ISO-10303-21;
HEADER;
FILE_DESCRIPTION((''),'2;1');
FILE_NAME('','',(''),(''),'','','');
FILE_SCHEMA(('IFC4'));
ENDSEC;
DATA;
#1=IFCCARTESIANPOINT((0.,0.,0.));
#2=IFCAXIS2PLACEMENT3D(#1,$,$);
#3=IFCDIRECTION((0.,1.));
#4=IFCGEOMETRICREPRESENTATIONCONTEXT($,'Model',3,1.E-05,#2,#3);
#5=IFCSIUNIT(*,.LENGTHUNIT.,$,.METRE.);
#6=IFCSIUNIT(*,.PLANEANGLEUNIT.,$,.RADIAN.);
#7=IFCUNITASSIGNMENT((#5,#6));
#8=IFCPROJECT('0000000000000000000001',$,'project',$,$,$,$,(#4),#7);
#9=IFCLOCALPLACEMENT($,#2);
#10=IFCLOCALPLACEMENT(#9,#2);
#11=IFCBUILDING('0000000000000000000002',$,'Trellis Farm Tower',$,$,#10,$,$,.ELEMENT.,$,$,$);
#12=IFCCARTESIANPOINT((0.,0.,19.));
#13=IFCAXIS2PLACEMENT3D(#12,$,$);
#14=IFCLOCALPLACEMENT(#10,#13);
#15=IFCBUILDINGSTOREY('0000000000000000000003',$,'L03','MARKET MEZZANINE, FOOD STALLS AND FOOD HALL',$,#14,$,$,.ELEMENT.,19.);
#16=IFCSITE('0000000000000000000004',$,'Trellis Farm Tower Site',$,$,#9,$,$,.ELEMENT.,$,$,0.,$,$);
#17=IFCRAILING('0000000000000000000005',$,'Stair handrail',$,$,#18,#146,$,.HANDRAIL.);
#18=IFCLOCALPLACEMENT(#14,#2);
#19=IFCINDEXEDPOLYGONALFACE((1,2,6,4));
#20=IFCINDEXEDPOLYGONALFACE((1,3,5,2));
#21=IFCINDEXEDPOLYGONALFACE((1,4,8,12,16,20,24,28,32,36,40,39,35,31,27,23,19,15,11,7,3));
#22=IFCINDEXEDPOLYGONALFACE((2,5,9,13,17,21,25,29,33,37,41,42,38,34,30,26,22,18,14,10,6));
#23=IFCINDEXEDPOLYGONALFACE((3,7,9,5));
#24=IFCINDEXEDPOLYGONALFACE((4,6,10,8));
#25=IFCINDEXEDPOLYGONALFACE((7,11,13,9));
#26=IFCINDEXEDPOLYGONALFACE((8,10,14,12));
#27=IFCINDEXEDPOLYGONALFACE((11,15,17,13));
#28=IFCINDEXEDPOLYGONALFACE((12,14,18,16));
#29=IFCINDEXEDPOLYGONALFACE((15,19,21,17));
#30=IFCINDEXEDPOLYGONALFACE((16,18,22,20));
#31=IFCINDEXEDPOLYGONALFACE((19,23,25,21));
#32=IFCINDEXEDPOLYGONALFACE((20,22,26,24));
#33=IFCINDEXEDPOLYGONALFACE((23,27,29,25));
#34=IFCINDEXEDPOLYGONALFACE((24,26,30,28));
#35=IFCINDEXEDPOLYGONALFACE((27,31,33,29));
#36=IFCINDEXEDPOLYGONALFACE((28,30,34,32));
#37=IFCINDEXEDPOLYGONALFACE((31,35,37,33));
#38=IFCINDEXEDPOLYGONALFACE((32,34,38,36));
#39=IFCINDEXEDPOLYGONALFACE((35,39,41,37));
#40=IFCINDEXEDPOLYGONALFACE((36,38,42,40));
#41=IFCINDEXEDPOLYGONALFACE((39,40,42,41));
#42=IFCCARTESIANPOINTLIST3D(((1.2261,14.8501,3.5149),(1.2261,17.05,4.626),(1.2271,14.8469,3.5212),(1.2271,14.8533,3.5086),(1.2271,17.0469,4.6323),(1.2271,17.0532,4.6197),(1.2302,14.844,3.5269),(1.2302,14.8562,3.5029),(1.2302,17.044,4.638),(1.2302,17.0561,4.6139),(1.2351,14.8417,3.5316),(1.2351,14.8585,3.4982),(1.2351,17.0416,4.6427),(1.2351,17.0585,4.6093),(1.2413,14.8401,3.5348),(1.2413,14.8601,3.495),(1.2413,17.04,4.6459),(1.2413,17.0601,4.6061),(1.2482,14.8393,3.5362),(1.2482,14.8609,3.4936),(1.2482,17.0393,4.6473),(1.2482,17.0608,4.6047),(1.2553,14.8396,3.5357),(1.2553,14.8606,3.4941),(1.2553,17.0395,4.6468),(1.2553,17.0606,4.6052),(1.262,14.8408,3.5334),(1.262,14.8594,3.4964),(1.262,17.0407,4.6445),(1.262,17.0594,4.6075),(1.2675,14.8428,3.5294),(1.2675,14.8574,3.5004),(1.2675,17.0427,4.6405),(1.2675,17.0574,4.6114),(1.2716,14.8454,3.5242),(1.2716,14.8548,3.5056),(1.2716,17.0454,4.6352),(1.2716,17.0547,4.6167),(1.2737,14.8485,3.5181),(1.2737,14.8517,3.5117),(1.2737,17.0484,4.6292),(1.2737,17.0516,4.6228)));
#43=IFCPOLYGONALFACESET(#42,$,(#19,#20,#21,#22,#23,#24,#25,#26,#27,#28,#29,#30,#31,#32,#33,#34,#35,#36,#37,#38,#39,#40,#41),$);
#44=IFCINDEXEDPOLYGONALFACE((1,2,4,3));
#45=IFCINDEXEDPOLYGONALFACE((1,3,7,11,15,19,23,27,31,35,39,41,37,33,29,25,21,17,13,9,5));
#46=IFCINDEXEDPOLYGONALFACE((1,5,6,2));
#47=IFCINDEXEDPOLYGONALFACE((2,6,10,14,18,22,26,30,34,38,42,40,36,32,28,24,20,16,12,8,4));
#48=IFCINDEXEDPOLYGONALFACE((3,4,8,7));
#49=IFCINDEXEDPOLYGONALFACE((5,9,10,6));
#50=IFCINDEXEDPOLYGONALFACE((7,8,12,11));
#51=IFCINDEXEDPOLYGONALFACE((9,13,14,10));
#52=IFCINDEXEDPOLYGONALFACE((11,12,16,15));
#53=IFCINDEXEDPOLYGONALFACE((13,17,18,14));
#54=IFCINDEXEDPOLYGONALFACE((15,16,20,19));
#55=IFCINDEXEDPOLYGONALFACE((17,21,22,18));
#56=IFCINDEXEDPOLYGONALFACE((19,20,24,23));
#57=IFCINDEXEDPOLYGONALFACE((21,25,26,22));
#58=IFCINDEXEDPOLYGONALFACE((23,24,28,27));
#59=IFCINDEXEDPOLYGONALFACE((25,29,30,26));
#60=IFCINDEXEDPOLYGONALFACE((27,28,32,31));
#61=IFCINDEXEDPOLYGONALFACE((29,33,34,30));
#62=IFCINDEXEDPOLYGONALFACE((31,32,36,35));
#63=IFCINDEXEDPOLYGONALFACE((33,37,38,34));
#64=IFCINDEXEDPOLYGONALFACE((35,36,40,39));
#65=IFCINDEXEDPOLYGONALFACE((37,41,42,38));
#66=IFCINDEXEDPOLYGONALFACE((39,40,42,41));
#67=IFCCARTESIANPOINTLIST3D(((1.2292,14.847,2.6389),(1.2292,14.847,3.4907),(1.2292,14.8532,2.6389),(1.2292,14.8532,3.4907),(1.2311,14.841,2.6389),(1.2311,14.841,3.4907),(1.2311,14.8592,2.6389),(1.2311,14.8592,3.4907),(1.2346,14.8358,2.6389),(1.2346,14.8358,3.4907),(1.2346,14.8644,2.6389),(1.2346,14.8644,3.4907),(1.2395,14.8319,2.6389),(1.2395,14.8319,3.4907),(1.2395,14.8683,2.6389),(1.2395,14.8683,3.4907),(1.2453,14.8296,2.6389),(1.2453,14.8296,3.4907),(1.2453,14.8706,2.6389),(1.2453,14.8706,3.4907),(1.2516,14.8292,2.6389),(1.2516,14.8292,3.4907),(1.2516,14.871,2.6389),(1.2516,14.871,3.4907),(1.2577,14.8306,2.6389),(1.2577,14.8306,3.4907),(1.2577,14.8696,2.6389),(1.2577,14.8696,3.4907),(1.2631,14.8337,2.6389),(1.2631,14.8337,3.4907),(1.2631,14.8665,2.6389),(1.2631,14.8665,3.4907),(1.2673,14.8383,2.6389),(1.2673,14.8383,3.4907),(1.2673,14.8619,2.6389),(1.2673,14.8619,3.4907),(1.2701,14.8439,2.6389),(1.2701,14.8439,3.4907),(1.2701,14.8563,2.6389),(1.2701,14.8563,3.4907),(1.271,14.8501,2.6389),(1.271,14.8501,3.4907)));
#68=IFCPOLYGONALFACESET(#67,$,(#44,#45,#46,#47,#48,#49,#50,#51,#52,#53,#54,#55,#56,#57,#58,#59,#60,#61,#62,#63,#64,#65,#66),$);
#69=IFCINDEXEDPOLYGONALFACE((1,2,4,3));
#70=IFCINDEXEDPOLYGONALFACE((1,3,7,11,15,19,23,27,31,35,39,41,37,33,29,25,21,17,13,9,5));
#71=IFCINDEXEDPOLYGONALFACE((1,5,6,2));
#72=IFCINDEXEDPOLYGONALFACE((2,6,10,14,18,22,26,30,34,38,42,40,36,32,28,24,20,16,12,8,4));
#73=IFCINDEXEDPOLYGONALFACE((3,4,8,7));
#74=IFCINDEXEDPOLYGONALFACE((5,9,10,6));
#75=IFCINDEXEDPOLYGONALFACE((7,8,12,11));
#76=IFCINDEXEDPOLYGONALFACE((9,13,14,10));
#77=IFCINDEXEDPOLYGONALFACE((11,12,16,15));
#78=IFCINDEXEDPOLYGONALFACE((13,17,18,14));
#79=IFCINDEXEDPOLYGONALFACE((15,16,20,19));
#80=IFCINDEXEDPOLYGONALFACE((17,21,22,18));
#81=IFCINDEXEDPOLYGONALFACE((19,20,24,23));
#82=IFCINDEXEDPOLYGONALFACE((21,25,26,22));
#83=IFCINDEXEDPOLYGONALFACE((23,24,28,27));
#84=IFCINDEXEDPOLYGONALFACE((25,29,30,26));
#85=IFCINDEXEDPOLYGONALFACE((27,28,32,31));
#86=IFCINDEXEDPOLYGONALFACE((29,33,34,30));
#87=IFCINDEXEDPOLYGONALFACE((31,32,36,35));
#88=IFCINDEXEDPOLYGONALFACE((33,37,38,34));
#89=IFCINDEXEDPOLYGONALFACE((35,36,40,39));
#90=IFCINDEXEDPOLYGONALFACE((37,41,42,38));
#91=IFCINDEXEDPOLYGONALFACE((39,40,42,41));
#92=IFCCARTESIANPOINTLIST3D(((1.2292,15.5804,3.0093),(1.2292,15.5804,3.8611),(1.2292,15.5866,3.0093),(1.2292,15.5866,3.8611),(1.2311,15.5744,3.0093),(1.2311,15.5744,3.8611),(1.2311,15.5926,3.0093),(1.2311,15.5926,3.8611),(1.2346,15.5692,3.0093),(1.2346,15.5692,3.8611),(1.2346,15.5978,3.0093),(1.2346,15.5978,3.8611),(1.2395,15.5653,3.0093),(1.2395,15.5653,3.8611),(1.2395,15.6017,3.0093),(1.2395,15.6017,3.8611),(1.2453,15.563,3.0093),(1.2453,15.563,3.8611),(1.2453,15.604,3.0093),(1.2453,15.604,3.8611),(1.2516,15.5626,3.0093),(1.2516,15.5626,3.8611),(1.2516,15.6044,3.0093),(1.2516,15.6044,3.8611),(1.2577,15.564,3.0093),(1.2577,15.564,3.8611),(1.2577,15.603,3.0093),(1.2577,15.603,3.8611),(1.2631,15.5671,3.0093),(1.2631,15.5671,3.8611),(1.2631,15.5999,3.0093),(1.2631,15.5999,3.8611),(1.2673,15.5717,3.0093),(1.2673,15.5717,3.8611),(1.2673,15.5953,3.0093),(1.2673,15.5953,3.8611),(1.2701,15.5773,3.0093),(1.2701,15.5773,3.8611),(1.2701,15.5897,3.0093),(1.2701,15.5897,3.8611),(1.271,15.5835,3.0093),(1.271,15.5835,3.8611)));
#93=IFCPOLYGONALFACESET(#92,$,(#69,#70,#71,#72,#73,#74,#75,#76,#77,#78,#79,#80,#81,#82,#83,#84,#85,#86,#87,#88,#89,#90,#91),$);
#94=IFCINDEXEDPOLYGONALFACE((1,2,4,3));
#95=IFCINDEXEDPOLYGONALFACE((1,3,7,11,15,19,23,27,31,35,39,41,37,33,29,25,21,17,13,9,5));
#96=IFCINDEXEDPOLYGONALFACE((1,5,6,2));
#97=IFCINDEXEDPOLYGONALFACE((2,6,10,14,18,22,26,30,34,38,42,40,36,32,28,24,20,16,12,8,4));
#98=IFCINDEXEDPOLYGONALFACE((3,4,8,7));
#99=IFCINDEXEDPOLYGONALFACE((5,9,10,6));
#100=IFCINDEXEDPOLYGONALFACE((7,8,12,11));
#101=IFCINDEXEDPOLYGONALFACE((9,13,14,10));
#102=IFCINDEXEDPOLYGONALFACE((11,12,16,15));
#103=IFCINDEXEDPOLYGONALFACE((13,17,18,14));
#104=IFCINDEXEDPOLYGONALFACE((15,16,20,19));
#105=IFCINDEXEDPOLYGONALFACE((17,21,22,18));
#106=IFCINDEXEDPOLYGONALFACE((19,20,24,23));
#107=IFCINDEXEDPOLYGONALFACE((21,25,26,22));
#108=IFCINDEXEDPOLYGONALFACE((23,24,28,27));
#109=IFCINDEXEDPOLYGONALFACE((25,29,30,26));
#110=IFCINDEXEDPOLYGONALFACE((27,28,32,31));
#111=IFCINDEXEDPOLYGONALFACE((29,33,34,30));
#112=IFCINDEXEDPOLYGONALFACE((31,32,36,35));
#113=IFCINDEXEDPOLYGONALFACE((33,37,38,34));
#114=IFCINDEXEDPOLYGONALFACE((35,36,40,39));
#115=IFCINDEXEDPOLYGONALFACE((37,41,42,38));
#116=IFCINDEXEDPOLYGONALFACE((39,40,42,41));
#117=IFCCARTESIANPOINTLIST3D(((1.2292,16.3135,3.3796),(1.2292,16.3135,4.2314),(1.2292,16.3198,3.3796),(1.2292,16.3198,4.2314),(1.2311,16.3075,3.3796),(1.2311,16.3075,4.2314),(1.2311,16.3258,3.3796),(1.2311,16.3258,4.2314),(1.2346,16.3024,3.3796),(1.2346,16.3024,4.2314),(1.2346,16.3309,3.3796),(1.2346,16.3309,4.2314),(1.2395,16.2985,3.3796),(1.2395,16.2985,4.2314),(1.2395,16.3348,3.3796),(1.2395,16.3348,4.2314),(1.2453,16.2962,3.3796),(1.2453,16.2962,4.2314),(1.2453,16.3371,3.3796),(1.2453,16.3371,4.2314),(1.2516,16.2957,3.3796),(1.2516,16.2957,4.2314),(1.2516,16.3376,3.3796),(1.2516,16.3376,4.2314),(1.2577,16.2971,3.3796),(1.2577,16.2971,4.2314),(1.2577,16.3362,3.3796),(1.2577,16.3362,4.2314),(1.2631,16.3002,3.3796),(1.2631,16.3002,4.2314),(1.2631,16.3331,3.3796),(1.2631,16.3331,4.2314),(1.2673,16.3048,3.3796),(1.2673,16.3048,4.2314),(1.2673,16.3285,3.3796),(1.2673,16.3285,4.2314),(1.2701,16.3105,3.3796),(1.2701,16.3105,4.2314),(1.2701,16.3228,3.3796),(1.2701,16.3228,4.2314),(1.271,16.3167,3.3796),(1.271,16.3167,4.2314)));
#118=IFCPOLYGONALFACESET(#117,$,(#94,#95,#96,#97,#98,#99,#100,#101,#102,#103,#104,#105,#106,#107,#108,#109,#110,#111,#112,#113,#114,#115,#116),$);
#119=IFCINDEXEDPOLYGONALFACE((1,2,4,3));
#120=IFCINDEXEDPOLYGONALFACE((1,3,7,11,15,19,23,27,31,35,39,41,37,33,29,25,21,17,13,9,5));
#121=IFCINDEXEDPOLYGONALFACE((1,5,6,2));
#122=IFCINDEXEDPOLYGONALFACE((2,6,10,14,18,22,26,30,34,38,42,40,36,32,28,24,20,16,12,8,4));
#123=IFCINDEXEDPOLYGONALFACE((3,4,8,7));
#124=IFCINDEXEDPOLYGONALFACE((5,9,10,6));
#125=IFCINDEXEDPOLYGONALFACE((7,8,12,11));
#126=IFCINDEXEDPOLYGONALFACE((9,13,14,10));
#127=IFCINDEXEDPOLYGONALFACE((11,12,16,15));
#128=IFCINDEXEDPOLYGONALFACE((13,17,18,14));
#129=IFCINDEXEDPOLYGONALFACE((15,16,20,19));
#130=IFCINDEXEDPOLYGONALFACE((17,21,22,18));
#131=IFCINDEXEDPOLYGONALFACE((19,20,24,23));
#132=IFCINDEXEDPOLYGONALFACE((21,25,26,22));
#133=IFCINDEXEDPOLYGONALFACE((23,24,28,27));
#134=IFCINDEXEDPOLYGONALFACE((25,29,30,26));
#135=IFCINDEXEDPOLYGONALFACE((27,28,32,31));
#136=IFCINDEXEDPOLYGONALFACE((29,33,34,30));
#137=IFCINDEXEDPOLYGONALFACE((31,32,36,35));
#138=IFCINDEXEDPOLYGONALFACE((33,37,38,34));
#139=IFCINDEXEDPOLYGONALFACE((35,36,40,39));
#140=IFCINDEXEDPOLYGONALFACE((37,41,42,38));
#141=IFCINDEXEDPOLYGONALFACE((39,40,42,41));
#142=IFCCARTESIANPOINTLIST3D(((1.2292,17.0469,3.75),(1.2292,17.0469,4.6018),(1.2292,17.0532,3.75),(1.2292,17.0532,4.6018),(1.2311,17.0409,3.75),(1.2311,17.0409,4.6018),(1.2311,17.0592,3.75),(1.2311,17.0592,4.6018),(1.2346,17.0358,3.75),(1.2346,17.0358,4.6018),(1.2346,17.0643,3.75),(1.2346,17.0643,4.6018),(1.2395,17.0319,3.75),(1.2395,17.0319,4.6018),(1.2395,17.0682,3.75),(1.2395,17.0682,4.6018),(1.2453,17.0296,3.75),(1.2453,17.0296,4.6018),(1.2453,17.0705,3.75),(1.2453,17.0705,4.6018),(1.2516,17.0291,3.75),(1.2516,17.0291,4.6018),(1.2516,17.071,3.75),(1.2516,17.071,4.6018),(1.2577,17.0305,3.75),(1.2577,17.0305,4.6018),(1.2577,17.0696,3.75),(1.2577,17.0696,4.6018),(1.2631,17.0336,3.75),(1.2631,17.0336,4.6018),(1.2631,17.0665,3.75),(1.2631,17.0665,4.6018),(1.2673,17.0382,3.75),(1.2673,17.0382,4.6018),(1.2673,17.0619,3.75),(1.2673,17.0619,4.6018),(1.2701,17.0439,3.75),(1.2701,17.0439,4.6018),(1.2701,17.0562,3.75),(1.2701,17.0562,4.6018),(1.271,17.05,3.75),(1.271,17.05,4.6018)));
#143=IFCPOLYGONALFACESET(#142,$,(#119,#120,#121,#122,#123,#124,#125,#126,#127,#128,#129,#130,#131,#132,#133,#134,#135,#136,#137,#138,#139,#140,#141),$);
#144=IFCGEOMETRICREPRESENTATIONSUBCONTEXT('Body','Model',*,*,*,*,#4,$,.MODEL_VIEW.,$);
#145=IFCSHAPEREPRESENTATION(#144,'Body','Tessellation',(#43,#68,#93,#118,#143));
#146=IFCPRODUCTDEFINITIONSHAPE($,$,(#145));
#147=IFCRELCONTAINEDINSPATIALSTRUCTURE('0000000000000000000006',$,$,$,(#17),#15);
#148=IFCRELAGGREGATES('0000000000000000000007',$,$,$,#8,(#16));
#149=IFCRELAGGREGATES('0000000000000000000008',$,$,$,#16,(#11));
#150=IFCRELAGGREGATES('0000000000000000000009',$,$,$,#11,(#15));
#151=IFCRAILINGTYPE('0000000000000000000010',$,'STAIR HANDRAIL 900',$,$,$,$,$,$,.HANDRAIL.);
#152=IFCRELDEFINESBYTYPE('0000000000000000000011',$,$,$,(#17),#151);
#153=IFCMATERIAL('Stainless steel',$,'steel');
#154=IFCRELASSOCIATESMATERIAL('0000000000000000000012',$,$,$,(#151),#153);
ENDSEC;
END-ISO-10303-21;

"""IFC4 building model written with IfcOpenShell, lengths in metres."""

from ifc_helpers import new_model, si_unit, direction, frame, origin, origin_2d, place, context, subcontext, project, spatial, circle, extrude, source, transform, mapped, material, type_object, element, save


model = new_model("IFC4")

# Units and contexts
model_context = context("Model", 3, precision=1e-05, world=origin(), true_north=direction((0.0, 1.0)))
body_context = subcontext(model_context, "Body", "Model", "MODEL_VIEW")
ifc_project = project(units=[si_unit("LENGTHUNIT", "METRE"), si_unit("PLANEANGLEUNIT", "RADIAN")], contexts=[model_context])

# Site, building, storey
site_placement = place(None, origin())
site = spatial("IfcSite", under=ifc_project, at=site_placement, Name="Trellis Farm Tower Site", CompositionType="ELEMENT", RefElevation=0.0)
building_placement = place(site_placement, origin())
building = spatial("IfcBuilding", under=site, at=building_placement, Name="Trellis Farm Tower", CompositionType="ELEMENT")
storey_placement = place(building_placement, frame((0.0, 0.0, 19.0)))
storey = spatial("IfcBuildingStorey", under=building, at=storey_placement, Name="L03", Description="MARKET MEZZANINE, FOOD STALLS AND FOOD HALL", CompositionType="ELEMENT", Elevation=19.0)

# Shared definitions
ifc_material_1 = material(Name="Stainless steel", Category="steel")

# Railing
railing_type = type_object("IfcRailingType", Name="STAIR HANDRAIL 900", PredefinedType="HANDRAIL", material=ifc_material_1)
shared_shape_1 = source(origin(), body_context, "Body", "SweptSolid", [
    extrude(circle(Radius=0.0239, at=origin_2d()), frame((0.0, 0.0, 0.876), z_axis=(0.0, 0.892617, 0.450816), x_axis=(-1.0, 0.0, 0.0)), (0.0, 0.0, 1.0), 2.4646),
    extrude(circle(Radius=0.021, at=origin_2d()), origin(), (0.0, 0.0, 1.0), 0.8518),
    extrude(circle(Radius=0.021, at=origin_2d()), frame((0.0, 0.7334, 0.3704)), (0.0, 0.0, 1.0), 0.8518),
    extrude(circle(Radius=0.021, at=origin_2d()), frame((0.0, 1.4666, 0.7407)), (0.0, 0.0, 1.0), 0.8518),
    extrude(circle(Radius=0.021, at=origin_2d()), frame((0.0, 2.2, 1.1111)), (0.0, 0.0, 1.0), 0.8518),
])
for number, where, name in (
    (1, (1.25, 14.8501, 2.6389), "Stair handrail"),
):
    element("IfcRailing", number, at=place(storey_placement, frame(where)), inside=storey, type_object=railing_type, Name=name, PredefinedType="HANDRAIL", context=body_context, shape_type="MappedRepresentation", body=[
        mapped(shared_shape_1, transform((0.0, 0.0, 0.0))),
    ])

save(model, "model.ifc")
